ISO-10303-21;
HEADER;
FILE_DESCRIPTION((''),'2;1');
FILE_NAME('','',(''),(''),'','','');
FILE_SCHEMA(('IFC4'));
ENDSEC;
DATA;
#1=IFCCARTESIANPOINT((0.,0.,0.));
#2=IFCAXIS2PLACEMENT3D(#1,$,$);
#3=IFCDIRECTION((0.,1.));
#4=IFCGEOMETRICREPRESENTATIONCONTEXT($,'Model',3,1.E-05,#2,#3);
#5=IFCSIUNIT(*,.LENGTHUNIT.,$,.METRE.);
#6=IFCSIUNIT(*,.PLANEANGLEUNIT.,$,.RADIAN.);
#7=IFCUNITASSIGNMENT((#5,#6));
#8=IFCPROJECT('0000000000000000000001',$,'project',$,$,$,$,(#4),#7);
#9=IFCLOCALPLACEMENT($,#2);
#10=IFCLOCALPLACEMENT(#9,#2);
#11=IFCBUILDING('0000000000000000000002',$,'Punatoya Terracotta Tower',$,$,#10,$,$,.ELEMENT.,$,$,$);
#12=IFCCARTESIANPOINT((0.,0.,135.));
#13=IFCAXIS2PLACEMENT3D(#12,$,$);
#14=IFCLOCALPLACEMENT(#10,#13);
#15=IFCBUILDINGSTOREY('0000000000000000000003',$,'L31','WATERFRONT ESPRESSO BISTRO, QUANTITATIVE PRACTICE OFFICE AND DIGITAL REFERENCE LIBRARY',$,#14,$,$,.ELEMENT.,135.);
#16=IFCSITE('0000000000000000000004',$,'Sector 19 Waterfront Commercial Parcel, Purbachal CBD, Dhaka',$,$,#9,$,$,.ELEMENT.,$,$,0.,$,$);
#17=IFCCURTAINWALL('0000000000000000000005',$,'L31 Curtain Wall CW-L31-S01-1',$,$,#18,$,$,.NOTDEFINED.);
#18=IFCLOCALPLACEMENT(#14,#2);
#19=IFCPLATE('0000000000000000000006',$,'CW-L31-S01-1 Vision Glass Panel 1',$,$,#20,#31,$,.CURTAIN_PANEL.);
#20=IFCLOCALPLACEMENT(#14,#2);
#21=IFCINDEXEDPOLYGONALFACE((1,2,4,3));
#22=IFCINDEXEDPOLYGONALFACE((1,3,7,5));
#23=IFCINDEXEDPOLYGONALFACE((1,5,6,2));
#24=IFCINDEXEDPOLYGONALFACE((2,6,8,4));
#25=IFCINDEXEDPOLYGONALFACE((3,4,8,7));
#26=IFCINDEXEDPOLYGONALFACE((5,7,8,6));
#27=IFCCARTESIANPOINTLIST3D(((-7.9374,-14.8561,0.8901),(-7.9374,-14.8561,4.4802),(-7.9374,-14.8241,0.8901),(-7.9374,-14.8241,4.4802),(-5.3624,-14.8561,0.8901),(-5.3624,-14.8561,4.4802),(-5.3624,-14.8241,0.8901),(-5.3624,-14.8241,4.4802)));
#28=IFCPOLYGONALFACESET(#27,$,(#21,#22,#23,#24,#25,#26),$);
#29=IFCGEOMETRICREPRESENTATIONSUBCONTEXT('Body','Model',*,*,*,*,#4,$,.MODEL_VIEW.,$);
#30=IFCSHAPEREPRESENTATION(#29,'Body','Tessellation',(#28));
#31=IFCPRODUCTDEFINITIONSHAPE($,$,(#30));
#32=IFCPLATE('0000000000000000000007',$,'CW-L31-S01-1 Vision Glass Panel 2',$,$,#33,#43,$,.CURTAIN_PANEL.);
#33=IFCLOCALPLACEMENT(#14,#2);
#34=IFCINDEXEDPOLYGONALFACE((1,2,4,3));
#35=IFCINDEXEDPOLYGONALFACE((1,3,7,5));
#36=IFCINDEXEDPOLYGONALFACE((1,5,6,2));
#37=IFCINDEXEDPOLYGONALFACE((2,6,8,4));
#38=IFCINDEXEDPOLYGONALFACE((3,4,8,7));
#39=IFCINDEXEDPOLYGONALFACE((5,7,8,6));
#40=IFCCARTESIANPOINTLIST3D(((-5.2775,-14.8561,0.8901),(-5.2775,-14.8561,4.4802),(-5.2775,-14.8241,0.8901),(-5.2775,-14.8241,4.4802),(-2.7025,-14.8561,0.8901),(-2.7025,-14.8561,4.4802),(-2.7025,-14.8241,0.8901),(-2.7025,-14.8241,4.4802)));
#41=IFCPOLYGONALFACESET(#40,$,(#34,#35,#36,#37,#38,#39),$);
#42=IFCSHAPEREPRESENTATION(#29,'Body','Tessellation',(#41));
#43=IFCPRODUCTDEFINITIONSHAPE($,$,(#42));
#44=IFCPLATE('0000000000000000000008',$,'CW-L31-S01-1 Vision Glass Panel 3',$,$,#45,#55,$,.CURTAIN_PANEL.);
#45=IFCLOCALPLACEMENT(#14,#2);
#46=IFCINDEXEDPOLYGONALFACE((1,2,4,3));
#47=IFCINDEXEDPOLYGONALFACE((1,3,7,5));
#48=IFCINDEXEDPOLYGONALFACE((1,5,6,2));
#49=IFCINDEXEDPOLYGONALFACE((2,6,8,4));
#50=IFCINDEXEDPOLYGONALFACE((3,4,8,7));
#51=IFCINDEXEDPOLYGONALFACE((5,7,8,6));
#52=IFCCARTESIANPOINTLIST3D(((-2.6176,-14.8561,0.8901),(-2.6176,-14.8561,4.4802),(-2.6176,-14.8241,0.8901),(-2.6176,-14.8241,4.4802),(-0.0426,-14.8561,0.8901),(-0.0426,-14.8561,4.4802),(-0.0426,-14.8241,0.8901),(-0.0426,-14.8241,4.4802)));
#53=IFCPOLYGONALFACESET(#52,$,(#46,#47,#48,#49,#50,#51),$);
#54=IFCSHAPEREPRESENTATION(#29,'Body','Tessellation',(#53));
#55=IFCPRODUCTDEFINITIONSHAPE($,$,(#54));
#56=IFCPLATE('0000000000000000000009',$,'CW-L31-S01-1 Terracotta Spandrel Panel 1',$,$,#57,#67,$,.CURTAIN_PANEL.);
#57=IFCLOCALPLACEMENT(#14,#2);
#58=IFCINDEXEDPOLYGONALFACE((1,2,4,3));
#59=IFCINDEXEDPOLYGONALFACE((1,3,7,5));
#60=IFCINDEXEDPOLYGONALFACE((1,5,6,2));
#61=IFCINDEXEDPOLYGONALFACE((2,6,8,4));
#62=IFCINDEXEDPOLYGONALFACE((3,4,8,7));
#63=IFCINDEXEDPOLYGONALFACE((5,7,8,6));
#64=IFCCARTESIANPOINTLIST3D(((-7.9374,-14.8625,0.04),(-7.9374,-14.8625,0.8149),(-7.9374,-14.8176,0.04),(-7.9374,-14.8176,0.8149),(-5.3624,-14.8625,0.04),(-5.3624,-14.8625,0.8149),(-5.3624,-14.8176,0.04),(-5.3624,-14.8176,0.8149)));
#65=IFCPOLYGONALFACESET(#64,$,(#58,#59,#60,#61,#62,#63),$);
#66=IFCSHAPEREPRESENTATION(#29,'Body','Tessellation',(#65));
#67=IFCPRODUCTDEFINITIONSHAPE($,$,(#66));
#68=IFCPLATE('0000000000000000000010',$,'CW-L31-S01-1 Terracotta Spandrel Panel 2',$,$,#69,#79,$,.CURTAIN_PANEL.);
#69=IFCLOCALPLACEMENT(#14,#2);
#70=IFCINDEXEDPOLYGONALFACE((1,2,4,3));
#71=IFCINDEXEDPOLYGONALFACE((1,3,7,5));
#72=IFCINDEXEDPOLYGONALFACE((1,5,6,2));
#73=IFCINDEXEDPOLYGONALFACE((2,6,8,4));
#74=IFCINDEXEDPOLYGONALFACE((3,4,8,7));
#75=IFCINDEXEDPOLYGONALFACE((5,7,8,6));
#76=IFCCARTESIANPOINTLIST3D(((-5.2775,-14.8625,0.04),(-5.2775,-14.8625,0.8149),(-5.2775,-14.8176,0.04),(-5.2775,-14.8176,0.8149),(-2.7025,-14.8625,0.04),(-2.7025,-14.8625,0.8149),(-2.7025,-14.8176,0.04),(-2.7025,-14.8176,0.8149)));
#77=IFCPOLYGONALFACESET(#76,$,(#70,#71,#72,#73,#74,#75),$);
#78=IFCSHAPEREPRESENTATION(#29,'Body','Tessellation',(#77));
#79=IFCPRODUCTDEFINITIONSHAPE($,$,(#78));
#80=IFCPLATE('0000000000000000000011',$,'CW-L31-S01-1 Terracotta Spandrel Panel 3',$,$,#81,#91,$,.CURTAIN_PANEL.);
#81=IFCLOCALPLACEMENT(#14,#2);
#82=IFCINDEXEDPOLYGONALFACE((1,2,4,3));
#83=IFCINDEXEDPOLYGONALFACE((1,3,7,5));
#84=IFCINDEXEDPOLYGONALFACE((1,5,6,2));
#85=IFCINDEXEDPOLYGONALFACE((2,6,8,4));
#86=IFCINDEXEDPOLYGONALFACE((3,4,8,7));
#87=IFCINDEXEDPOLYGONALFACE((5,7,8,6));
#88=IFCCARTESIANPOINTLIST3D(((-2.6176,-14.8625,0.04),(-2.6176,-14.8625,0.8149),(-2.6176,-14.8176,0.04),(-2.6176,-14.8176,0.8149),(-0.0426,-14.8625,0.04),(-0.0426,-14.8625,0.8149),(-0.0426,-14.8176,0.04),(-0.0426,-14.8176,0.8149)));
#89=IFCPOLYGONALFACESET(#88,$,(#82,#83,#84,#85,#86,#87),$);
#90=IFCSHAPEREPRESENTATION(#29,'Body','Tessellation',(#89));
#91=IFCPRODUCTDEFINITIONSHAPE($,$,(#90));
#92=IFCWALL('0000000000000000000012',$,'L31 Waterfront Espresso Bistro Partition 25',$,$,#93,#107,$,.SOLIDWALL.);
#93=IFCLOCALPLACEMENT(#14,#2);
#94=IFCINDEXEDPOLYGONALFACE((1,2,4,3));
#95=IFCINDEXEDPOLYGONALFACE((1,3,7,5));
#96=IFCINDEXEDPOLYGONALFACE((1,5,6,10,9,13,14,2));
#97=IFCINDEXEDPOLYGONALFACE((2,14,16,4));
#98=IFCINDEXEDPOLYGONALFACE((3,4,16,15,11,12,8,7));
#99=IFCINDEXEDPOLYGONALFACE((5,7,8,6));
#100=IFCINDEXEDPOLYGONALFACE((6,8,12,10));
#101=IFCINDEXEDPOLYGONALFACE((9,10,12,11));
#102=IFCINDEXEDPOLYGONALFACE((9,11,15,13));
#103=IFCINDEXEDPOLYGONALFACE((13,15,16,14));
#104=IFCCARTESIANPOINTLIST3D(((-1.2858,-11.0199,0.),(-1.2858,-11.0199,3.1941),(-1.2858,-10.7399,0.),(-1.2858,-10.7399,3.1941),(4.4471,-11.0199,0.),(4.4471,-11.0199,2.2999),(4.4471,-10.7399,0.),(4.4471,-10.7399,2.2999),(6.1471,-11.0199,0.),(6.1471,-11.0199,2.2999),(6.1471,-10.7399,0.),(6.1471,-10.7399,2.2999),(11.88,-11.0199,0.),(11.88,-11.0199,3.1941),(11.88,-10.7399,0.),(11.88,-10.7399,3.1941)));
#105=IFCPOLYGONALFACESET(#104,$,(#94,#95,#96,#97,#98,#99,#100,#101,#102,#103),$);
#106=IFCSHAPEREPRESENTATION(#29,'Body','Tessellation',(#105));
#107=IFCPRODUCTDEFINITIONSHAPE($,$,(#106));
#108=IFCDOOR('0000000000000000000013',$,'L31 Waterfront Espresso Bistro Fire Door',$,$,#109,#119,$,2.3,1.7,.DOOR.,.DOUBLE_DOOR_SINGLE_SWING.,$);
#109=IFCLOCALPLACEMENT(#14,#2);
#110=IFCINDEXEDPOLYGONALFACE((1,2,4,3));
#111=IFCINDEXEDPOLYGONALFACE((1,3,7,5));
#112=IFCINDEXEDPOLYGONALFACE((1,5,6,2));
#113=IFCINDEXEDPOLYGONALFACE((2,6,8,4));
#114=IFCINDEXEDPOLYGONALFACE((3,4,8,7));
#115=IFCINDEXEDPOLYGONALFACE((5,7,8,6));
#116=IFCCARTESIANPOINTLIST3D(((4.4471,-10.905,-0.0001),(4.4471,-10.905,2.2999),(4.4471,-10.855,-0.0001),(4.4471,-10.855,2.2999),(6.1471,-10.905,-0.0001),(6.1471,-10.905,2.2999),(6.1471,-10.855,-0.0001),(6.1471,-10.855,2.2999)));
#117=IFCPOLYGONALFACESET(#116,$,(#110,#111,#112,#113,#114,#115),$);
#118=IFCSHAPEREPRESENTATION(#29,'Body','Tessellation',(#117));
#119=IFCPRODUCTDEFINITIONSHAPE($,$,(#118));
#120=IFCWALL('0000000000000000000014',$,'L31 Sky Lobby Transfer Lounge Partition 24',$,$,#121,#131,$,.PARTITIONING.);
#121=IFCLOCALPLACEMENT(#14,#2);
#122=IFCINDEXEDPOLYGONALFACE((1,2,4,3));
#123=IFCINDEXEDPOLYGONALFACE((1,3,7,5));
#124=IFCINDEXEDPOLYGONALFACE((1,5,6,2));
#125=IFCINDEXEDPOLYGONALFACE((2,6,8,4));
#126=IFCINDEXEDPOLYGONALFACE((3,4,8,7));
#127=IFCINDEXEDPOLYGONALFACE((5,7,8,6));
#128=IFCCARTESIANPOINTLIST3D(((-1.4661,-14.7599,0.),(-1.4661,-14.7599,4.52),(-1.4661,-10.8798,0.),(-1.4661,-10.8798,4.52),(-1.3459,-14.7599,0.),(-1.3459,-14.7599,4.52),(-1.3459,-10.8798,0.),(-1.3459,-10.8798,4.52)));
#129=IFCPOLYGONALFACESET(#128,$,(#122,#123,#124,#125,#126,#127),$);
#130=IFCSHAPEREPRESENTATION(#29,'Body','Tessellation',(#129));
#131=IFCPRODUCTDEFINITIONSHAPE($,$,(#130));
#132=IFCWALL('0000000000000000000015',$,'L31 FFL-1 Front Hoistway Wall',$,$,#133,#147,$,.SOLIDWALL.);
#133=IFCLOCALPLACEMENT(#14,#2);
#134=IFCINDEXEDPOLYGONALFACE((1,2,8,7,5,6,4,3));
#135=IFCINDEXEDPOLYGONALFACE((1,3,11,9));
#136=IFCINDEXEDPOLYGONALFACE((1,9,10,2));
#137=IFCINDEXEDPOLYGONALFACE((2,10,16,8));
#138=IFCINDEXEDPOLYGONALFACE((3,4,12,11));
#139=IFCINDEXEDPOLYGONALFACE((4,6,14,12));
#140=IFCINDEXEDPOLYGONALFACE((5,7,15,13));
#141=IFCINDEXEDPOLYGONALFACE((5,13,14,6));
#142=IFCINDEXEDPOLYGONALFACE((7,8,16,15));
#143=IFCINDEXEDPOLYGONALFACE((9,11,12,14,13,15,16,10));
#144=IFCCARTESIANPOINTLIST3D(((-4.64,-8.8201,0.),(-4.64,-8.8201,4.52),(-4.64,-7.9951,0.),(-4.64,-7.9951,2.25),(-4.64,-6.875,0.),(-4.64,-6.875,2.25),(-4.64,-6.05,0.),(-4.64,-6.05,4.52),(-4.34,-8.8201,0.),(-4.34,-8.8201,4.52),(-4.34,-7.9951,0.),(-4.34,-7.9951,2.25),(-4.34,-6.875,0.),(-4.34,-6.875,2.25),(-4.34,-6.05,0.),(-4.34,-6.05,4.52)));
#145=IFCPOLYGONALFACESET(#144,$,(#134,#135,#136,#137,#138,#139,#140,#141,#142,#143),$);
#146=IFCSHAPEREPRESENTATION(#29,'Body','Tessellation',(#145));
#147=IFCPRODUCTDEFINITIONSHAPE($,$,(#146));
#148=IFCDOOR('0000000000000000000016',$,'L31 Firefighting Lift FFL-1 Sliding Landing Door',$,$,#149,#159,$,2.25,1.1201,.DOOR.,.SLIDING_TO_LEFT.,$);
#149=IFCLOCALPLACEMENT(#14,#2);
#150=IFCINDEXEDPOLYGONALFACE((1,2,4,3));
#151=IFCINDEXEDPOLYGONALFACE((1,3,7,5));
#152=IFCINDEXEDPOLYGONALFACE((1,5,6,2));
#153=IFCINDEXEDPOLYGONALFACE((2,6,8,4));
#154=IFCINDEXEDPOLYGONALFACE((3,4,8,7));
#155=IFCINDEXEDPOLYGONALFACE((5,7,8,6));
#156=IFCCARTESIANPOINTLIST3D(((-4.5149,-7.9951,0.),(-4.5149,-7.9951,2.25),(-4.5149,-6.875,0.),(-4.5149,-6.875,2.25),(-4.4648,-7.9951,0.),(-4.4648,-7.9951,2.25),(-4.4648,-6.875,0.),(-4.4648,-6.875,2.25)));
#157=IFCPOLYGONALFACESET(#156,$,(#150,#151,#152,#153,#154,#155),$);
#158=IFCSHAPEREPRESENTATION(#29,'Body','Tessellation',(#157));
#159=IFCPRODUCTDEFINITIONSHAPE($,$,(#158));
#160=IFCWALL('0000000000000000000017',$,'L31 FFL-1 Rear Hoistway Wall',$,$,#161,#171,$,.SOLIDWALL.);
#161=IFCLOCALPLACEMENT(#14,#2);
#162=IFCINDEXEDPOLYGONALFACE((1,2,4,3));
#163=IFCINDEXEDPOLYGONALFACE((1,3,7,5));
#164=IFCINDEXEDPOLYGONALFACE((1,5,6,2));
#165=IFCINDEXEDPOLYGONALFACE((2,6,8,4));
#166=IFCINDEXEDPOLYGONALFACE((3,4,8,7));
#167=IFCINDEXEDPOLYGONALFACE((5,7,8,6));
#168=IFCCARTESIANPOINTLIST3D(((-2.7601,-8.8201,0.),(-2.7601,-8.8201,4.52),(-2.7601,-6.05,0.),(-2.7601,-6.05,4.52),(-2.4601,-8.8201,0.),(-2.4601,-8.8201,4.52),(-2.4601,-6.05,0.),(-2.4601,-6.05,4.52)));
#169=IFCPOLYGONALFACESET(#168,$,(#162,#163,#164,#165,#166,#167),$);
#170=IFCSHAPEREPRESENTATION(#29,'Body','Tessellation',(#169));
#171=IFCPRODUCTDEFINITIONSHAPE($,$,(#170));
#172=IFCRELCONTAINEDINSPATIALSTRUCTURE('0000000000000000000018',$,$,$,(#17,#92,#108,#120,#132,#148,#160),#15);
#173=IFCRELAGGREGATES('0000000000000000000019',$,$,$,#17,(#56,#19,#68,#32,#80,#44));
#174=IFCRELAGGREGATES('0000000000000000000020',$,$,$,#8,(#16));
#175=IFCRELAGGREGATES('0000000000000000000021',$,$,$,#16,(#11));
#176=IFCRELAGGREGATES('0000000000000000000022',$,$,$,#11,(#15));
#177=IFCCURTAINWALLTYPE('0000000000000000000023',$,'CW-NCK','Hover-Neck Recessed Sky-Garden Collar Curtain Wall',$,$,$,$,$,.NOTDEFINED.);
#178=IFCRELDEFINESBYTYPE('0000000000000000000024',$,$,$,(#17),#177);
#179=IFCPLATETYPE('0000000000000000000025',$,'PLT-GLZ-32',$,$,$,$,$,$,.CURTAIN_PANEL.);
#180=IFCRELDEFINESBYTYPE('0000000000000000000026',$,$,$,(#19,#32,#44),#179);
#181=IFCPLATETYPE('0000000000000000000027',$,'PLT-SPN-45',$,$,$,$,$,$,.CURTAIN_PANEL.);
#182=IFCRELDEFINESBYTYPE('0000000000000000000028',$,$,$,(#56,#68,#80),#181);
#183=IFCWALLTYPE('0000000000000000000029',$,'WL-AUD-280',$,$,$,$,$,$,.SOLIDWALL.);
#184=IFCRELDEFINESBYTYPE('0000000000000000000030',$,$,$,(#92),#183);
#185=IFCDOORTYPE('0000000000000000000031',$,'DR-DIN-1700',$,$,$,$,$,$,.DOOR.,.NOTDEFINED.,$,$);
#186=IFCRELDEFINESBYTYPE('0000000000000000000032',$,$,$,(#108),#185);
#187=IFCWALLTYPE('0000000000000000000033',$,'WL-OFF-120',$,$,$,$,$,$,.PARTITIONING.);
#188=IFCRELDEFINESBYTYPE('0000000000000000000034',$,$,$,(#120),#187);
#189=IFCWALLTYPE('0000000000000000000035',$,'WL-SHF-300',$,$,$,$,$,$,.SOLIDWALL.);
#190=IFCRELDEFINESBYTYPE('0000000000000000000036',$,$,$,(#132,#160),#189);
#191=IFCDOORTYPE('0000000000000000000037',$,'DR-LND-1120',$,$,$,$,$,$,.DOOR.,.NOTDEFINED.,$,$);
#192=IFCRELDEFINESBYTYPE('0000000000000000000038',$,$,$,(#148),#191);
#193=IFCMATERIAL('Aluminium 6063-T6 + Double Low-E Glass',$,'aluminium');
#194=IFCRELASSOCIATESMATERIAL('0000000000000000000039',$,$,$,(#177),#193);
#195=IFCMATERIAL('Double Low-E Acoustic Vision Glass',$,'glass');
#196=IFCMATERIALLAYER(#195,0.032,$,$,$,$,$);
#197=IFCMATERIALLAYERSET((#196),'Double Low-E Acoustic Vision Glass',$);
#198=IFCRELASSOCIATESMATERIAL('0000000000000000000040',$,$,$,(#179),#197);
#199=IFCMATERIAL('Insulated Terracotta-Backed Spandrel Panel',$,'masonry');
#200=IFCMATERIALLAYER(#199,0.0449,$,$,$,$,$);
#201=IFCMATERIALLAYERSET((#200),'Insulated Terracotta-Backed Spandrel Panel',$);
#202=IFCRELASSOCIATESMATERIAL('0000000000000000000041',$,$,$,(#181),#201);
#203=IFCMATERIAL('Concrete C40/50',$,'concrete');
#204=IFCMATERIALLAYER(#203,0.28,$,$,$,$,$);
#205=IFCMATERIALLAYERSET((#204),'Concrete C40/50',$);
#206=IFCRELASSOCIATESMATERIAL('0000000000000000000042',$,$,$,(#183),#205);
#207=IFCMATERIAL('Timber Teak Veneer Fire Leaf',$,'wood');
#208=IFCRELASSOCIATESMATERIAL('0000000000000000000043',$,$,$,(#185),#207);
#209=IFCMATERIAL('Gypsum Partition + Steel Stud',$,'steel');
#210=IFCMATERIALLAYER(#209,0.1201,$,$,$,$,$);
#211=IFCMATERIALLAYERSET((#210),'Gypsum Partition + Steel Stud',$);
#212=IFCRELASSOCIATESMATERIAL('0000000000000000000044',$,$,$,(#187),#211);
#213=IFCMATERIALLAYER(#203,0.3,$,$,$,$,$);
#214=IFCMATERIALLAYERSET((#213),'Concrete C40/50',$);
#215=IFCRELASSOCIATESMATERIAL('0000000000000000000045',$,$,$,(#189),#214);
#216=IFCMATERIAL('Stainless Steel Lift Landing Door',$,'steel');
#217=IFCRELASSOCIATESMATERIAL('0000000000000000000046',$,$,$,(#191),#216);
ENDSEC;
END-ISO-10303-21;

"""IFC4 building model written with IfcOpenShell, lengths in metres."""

from ifc_helpers import new_model, si_unit, direction, frame, frame_2d, origin, origin_2d, place, context, subcontext, project, spatial, rectangle, extrude, material, layer, layer_set, type_object, element, fill, aggregate, save


model = new_model("IFC4")

# Units and contexts
model_context = context("Model", 3, precision=1e-05, world=origin(), true_north=direction((0.0, 1.0)))
body_context = subcontext(model_context, "Body", "Model", "MODEL_VIEW")
ifc_project = project(units=[si_unit("LENGTHUNIT", "METRE"), si_unit("PLANEANGLEUNIT", "RADIAN")], contexts=[model_context])

# Site, building, storey
site_placement = place(None, origin())
site = spatial("IfcSite", under=ifc_project, at=site_placement, Name="Sector 19 Waterfront Commercial Parcel, Purbachal CBD, Dhaka", CompositionType="ELEMENT", RefElevation=0.0)
building_placement = place(site_placement, origin())
building = spatial("IfcBuilding", under=site, at=building_placement, Name="Punatoya Terracotta Tower", CompositionType="ELEMENT")
storey_placement = place(building_placement, frame((0.0, 0.0, 135.0)))
storey = spatial("IfcBuildingStorey", under=building, at=storey_placement, Name="L31", Description="WATERFRONT ESPRESSO BISTRO, QUANTITATIVE PRACTICE OFFICE AND DIGITAL REFERENCE LIBRARY", CompositionType="ELEMENT", Elevation=135.0)

# Curtain wall, plates
ifc_material_1 = material(Name="Aluminium 6063-T6 + Double Low-E Glass", Category="aluminium")
curtain_wall_type = type_object("IfcCurtainWallType", Name="CW-NCK", Description="Hover-Neck Recessed Sky-Garden Collar Curtain Wall", PredefinedType="NOTDEFINED", material=ifc_material_1)
curtain_wall_placement = place(storey_placement, origin())
curtain_wall = element("IfcCurtainWall", 1, at=curtain_wall_placement, inside=storey, type_object=curtain_wall_type, Name="L31 Curtain Wall CW-L31-S01-1", PredefinedType="NOTDEFINED")
ifc_material_2 = material(Name="Double Low-E Acoustic Vision Glass", Category="glass")
ifc_layer_1 = layer(ifc_material_2, 0.032)
ifc_layer_set_1 = layer_set([ifc_layer_1], Name="Double Low-E Acoustic Vision Glass")
plate_type_1 = type_object("IfcPlateType", Name="PLT-GLZ-32", PredefinedType="CURTAIN_PANEL", material=ifc_layer_set_1)
plate_1_placement = place(storey_placement, frame((-6.6499, -14.8401, 0.8901), z_axis=(0.0, 0.0, 1.0), x_axis=(1.0, 0.0, 0.0)))
plate_1 = element("IfcPlate", 2, at=plate_1_placement, type_object=plate_type_1, Name="CW-L31-S01-1 Vision Glass Panel 1", PredefinedType="CURTAIN_PANEL", context=body_context, shape_type="SweptSolid", body=[
    extrude(rectangle(XDim=2.575, YDim=0.032, at=origin_2d()), origin(), (0.0, 0.0, 1.0), 3.5901),
])
plate_2_placement = place(storey_placement, frame((-3.99, -14.8401, 0.8901), z_axis=(0.0, 0.0, 1.0), x_axis=(1.0, 0.0, 0.0)))
plate_2 = element("IfcPlate", 3, at=plate_2_placement, type_object=plate_type_1, Name="CW-L31-S01-1 Vision Glass Panel 2", PredefinedType="CURTAIN_PANEL", context=body_context, shape_type="SweptSolid", body=[
    extrude(rectangle(XDim=2.575, YDim=0.032, at=origin_2d()), origin(), (0.0, 0.0, 1.0), 3.5901),
])
plate_3_placement = place(storey_placement, frame((-1.3301, -14.8401, 0.8901), z_axis=(0.0, 0.0, 1.0), x_axis=(1.0, 0.0, 0.0)))
plate_3 = element("IfcPlate", 4, at=plate_3_placement, type_object=plate_type_1, Name="CW-L31-S01-1 Vision Glass Panel 3", PredefinedType="CURTAIN_PANEL", context=body_context, shape_type="SweptSolid", body=[
    extrude(rectangle(XDim=2.575, YDim=0.032, at=origin_2d()), origin(), (0.0, 0.0, 1.0), 3.5901),
])
ifc_material_3 = material(Name="Insulated Terracotta-Backed Spandrel Panel", Category="masonry")
ifc_layer_2 = layer(ifc_material_3, 0.0449)
ifc_layer_set_2 = layer_set([ifc_layer_2], Name="Insulated Terracotta-Backed Spandrel Panel")
plate_type_2 = type_object("IfcPlateType", Name="PLT-SPN-45", PredefinedType="CURTAIN_PANEL", material=ifc_layer_set_2)
plate_4_placement = place(storey_placement, frame((-6.6499, -14.8401, 0.04), z_axis=(0.0, 0.0, 1.0), x_axis=(1.0, 0.0, 0.0)))
plate_4 = element("IfcPlate", 5, at=plate_4_placement, type_object=plate_type_2, Name="CW-L31-S01-1 Terracotta Spandrel Panel 1", PredefinedType="CURTAIN_PANEL", context=body_context, shape_type="SweptSolid", body=[
    extrude(rectangle(XDim=2.575, YDim=0.0449, at=origin_2d()), origin(), (0.0, 0.0, 1.0), 0.7749),
])
plate_5_placement = place(storey_placement, frame((-3.99, -14.8401, 0.04), z_axis=(0.0, 0.0, 1.0), x_axis=(1.0, 0.0, 0.0)))
plate_5 = element("IfcPlate", 6, at=plate_5_placement, type_object=plate_type_2, Name="CW-L31-S01-1 Terracotta Spandrel Panel 2", PredefinedType="CURTAIN_PANEL", context=body_context, shape_type="SweptSolid", body=[
    extrude(rectangle(XDim=2.575, YDim=0.0449, at=origin_2d()), origin(), (0.0, 0.0, 1.0), 0.7749),
])
plate_6_placement = place(storey_placement, frame((-1.3301, -14.8401, 0.04), z_axis=(0.0, 0.0, 1.0), x_axis=(1.0, 0.0, 0.0)))
plate_6 = element("IfcPlate", 7, at=plate_6_placement, type_object=plate_type_2, Name="CW-L31-S01-1 Terracotta Spandrel Panel 3", PredefinedType="CURTAIN_PANEL", context=body_context, shape_type="SweptSolid", body=[
    extrude(rectangle(XDim=2.575, YDim=0.0449, at=origin_2d()), origin(), (0.0, 0.0, 1.0), 0.7749),
])
aggregate(curtain_wall, [plate_4, plate_1, plate_5, plate_2, plate_6, plate_3])

# Wall, opening, door
ifc_material_4 = material(Name="Concrete C40/50", Category="concrete")
ifc_layer_3 = layer(ifc_material_4, 0.28)
ifc_layer_set_3 = layer_set([ifc_layer_3], Name="Concrete C40/50")
wall_type_1 = type_object("IfcWallType", Name="WL-AUD-280", PredefinedType="SOLIDWALL", material=ifc_layer_set_3)
wall_1_placement = place(storey_placement, frame((-1.2859, -10.8799, 0.0), z_axis=(0.0, 0.0, 1.0), x_axis=(1.0, 0.0, 0.0)))
wall_1 = element("IfcWall", 8, at=wall_1_placement, inside=storey, type_object=wall_type_1, Name="L31 Waterfront Espresso Bistro Partition 25", PredefinedType="SOLIDWALL", context=body_context, shape_type="SweptSolid", body=[
    extrude(rectangle(XDim=13.1658, YDim=0.28, at=frame_2d((6.583, 0.0))), origin(), (0.0, 0.0, 1.0), 3.1941),
])
opening_1_placement = place(wall_1_placement, frame((5.7329, 0.0, 0.0)))
opening_1 = element("IfcOpeningElement", 9, at=opening_1_placement, cuts=wall_1, PredefinedType="OPENING", context=body_context, shape_type="SweptSolid", body=[
    extrude(rectangle(XDim=1.7, YDim=2.3, at=frame_2d((0.8501, 1.1499))), frame((0.0, 0.1499, 0.0), z_axis=(0.0, -1.0, 0.0), x_axis=(1.0, 0.0, 0.0)), (0.0, 0.0, 1.0), 0.3),
])
ifc_material_5 = material(Name="Timber Teak Veneer Fire Leaf", Category="wood")
door_type_1 = type_object("IfcDoorType", Name="DR-DIN-1700", OperationType="NOTDEFINED", PredefinedType="DOOR", material=ifc_material_5)
door_1_placement = place(opening_1_placement, origin())
door_1 = element("IfcDoor", 10, at=door_1_placement, inside=storey, type_object=door_type_1, Name="L31 Waterfront Espresso Bistro Fire Door", OperationType="DOUBLE_DOOR_SINGLE_SWING", OverallHeight=2.3, OverallWidth=1.7, PredefinedType="DOOR", context=body_context, shape_type="SweptSolid", body=[
    extrude(rectangle(XDim=1.7, YDim=2.3, at=frame_2d((0.8501, 1.1499))), frame((0.0, 0.0249, 0.0), z_axis=(0.0, -1.0, 0.0), x_axis=(1.0, 0.0, 0.0)), (0.0, 0.0, 1.0), 0.05),
])
fill(opening_1, door_1)

# Wall
ifc_material_6 = material(Name="Gypsum Partition + Steel Stud", Category="steel")
ifc_layer_4 = layer(ifc_material_6, 0.1201)
ifc_layer_set_4 = layer_set([ifc_layer_4], Name="Gypsum Partition + Steel Stud")
wall_type_2 = type_object("IfcWallType", Name="WL-OFF-120", PredefinedType="PARTITIONING", material=ifc_layer_set_4)
wall_2_placement = place(storey_placement, frame((-1.406, -10.8799, 0.0), z_axis=(0.0, 0.0, 1.0), x_axis=(0.0, -1.0, 0.0)))
element("IfcWall", 11, at=wall_2_placement, inside=storey, type_object=wall_type_2, Name="L31 Sky Lobby Transfer Lounge Partition 24", PredefinedType="PARTITIONING", context=body_context, shape_type="SweptSolid", body=[
    extrude(rectangle(XDim=3.8801, YDim=0.1201, at=frame_2d((1.9399, 0.0))), origin(), (0.0, 0.0, 1.0), 4.52),
])

# Wall, opening, door
ifc_layer_5 = layer(ifc_material_4, 0.3)
ifc_layer_set_5 = layer_set([ifc_layer_5], Name="Concrete C40/50")
wall_type_3 = type_object("IfcWallType", Name="WL-SHF-300", PredefinedType="SOLIDWALL", material=ifc_layer_set_5)
wall_3_placement = place(storey_placement, frame((-4.49, -8.8201, 0.0), z_axis=(0.0, 0.0, 1.0), x_axis=(0.0, 1.0, 0.0)))
wall_3 = element("IfcWall", 12, at=wall_3_placement, inside=storey, type_object=wall_type_3, Name="L31 FFL-1 Front Hoistway Wall", PredefinedType="SOLIDWALL", context=body_context, shape_type="SweptSolid", body=[
    extrude(rectangle(XDim=2.77, YDim=0.3, at=frame_2d((1.385, 0.0))), origin(), (0.0, 0.0, 1.0), 4.52),
])
opening_2_placement = place(wall_3_placement, frame((0.825, 0.0, 0.0)))
opening_2 = element("IfcOpeningElement", 13, at=opening_2_placement, cuts=wall_3, PredefinedType="OPENING", context=body_context, shape_type="SweptSolid", body=[
    extrude(rectangle(XDim=1.1201, YDim=2.25, at=frame_2d((0.5601, 1.125))), frame((0.0, 0.1599, 0.0), z_axis=(0.0, -1.0, 0.0), x_axis=(1.0, 0.0, 0.0)), (0.0, 0.0, 1.0), 0.3201),
])
ifc_material_7 = material(Name="Stainless Steel Lift Landing Door", Category="steel")
door_type_2 = type_object("IfcDoorType", Name="DR-LND-1120", OperationType="NOTDEFINED", PredefinedType="DOOR", material=ifc_material_7)
door_2_placement = place(opening_2_placement, origin())
door_2 = element("IfcDoor", 14, at=door_2_placement, inside=storey, type_object=door_type_2, Name="L31 Firefighting Lift FFL-1 Sliding Landing Door", OperationType="SLIDING_TO_LEFT", OverallHeight=2.25, OverallWidth=1.1201, PredefinedType="DOOR", context=body_context, shape_type="SweptSolid", body=[
    extrude(rectangle(XDim=1.1201, YDim=2.25, at=frame_2d((0.5601, 1.125))), frame((0.0, 0.0249, 0.0), z_axis=(0.0, -1.0, 0.0), x_axis=(1.0, 0.0, 0.0)), (0.0, 0.0, 1.0), 0.05),
])
fill(opening_2, door_2)

# Wall
wall_4_placement = place(storey_placement, frame((-2.6101, -8.8201, 0.0), z_axis=(0.0, 0.0, 1.0), x_axis=(0.0, 1.0, 0.0)))
element("IfcWall", 15, at=wall_4_placement, inside=storey, type_object=wall_type_3, Name="L31 FFL-1 Rear Hoistway Wall", PredefinedType="SOLIDWALL", context=body_context, shape_type="SweptSolid", body=[
    extrude(rectangle(XDim=2.77, YDim=0.3, at=frame_2d((1.385, 0.0))), origin(), (0.0, 0.0, 1.0), 4.52),
])

save(model, "model.ifc")
